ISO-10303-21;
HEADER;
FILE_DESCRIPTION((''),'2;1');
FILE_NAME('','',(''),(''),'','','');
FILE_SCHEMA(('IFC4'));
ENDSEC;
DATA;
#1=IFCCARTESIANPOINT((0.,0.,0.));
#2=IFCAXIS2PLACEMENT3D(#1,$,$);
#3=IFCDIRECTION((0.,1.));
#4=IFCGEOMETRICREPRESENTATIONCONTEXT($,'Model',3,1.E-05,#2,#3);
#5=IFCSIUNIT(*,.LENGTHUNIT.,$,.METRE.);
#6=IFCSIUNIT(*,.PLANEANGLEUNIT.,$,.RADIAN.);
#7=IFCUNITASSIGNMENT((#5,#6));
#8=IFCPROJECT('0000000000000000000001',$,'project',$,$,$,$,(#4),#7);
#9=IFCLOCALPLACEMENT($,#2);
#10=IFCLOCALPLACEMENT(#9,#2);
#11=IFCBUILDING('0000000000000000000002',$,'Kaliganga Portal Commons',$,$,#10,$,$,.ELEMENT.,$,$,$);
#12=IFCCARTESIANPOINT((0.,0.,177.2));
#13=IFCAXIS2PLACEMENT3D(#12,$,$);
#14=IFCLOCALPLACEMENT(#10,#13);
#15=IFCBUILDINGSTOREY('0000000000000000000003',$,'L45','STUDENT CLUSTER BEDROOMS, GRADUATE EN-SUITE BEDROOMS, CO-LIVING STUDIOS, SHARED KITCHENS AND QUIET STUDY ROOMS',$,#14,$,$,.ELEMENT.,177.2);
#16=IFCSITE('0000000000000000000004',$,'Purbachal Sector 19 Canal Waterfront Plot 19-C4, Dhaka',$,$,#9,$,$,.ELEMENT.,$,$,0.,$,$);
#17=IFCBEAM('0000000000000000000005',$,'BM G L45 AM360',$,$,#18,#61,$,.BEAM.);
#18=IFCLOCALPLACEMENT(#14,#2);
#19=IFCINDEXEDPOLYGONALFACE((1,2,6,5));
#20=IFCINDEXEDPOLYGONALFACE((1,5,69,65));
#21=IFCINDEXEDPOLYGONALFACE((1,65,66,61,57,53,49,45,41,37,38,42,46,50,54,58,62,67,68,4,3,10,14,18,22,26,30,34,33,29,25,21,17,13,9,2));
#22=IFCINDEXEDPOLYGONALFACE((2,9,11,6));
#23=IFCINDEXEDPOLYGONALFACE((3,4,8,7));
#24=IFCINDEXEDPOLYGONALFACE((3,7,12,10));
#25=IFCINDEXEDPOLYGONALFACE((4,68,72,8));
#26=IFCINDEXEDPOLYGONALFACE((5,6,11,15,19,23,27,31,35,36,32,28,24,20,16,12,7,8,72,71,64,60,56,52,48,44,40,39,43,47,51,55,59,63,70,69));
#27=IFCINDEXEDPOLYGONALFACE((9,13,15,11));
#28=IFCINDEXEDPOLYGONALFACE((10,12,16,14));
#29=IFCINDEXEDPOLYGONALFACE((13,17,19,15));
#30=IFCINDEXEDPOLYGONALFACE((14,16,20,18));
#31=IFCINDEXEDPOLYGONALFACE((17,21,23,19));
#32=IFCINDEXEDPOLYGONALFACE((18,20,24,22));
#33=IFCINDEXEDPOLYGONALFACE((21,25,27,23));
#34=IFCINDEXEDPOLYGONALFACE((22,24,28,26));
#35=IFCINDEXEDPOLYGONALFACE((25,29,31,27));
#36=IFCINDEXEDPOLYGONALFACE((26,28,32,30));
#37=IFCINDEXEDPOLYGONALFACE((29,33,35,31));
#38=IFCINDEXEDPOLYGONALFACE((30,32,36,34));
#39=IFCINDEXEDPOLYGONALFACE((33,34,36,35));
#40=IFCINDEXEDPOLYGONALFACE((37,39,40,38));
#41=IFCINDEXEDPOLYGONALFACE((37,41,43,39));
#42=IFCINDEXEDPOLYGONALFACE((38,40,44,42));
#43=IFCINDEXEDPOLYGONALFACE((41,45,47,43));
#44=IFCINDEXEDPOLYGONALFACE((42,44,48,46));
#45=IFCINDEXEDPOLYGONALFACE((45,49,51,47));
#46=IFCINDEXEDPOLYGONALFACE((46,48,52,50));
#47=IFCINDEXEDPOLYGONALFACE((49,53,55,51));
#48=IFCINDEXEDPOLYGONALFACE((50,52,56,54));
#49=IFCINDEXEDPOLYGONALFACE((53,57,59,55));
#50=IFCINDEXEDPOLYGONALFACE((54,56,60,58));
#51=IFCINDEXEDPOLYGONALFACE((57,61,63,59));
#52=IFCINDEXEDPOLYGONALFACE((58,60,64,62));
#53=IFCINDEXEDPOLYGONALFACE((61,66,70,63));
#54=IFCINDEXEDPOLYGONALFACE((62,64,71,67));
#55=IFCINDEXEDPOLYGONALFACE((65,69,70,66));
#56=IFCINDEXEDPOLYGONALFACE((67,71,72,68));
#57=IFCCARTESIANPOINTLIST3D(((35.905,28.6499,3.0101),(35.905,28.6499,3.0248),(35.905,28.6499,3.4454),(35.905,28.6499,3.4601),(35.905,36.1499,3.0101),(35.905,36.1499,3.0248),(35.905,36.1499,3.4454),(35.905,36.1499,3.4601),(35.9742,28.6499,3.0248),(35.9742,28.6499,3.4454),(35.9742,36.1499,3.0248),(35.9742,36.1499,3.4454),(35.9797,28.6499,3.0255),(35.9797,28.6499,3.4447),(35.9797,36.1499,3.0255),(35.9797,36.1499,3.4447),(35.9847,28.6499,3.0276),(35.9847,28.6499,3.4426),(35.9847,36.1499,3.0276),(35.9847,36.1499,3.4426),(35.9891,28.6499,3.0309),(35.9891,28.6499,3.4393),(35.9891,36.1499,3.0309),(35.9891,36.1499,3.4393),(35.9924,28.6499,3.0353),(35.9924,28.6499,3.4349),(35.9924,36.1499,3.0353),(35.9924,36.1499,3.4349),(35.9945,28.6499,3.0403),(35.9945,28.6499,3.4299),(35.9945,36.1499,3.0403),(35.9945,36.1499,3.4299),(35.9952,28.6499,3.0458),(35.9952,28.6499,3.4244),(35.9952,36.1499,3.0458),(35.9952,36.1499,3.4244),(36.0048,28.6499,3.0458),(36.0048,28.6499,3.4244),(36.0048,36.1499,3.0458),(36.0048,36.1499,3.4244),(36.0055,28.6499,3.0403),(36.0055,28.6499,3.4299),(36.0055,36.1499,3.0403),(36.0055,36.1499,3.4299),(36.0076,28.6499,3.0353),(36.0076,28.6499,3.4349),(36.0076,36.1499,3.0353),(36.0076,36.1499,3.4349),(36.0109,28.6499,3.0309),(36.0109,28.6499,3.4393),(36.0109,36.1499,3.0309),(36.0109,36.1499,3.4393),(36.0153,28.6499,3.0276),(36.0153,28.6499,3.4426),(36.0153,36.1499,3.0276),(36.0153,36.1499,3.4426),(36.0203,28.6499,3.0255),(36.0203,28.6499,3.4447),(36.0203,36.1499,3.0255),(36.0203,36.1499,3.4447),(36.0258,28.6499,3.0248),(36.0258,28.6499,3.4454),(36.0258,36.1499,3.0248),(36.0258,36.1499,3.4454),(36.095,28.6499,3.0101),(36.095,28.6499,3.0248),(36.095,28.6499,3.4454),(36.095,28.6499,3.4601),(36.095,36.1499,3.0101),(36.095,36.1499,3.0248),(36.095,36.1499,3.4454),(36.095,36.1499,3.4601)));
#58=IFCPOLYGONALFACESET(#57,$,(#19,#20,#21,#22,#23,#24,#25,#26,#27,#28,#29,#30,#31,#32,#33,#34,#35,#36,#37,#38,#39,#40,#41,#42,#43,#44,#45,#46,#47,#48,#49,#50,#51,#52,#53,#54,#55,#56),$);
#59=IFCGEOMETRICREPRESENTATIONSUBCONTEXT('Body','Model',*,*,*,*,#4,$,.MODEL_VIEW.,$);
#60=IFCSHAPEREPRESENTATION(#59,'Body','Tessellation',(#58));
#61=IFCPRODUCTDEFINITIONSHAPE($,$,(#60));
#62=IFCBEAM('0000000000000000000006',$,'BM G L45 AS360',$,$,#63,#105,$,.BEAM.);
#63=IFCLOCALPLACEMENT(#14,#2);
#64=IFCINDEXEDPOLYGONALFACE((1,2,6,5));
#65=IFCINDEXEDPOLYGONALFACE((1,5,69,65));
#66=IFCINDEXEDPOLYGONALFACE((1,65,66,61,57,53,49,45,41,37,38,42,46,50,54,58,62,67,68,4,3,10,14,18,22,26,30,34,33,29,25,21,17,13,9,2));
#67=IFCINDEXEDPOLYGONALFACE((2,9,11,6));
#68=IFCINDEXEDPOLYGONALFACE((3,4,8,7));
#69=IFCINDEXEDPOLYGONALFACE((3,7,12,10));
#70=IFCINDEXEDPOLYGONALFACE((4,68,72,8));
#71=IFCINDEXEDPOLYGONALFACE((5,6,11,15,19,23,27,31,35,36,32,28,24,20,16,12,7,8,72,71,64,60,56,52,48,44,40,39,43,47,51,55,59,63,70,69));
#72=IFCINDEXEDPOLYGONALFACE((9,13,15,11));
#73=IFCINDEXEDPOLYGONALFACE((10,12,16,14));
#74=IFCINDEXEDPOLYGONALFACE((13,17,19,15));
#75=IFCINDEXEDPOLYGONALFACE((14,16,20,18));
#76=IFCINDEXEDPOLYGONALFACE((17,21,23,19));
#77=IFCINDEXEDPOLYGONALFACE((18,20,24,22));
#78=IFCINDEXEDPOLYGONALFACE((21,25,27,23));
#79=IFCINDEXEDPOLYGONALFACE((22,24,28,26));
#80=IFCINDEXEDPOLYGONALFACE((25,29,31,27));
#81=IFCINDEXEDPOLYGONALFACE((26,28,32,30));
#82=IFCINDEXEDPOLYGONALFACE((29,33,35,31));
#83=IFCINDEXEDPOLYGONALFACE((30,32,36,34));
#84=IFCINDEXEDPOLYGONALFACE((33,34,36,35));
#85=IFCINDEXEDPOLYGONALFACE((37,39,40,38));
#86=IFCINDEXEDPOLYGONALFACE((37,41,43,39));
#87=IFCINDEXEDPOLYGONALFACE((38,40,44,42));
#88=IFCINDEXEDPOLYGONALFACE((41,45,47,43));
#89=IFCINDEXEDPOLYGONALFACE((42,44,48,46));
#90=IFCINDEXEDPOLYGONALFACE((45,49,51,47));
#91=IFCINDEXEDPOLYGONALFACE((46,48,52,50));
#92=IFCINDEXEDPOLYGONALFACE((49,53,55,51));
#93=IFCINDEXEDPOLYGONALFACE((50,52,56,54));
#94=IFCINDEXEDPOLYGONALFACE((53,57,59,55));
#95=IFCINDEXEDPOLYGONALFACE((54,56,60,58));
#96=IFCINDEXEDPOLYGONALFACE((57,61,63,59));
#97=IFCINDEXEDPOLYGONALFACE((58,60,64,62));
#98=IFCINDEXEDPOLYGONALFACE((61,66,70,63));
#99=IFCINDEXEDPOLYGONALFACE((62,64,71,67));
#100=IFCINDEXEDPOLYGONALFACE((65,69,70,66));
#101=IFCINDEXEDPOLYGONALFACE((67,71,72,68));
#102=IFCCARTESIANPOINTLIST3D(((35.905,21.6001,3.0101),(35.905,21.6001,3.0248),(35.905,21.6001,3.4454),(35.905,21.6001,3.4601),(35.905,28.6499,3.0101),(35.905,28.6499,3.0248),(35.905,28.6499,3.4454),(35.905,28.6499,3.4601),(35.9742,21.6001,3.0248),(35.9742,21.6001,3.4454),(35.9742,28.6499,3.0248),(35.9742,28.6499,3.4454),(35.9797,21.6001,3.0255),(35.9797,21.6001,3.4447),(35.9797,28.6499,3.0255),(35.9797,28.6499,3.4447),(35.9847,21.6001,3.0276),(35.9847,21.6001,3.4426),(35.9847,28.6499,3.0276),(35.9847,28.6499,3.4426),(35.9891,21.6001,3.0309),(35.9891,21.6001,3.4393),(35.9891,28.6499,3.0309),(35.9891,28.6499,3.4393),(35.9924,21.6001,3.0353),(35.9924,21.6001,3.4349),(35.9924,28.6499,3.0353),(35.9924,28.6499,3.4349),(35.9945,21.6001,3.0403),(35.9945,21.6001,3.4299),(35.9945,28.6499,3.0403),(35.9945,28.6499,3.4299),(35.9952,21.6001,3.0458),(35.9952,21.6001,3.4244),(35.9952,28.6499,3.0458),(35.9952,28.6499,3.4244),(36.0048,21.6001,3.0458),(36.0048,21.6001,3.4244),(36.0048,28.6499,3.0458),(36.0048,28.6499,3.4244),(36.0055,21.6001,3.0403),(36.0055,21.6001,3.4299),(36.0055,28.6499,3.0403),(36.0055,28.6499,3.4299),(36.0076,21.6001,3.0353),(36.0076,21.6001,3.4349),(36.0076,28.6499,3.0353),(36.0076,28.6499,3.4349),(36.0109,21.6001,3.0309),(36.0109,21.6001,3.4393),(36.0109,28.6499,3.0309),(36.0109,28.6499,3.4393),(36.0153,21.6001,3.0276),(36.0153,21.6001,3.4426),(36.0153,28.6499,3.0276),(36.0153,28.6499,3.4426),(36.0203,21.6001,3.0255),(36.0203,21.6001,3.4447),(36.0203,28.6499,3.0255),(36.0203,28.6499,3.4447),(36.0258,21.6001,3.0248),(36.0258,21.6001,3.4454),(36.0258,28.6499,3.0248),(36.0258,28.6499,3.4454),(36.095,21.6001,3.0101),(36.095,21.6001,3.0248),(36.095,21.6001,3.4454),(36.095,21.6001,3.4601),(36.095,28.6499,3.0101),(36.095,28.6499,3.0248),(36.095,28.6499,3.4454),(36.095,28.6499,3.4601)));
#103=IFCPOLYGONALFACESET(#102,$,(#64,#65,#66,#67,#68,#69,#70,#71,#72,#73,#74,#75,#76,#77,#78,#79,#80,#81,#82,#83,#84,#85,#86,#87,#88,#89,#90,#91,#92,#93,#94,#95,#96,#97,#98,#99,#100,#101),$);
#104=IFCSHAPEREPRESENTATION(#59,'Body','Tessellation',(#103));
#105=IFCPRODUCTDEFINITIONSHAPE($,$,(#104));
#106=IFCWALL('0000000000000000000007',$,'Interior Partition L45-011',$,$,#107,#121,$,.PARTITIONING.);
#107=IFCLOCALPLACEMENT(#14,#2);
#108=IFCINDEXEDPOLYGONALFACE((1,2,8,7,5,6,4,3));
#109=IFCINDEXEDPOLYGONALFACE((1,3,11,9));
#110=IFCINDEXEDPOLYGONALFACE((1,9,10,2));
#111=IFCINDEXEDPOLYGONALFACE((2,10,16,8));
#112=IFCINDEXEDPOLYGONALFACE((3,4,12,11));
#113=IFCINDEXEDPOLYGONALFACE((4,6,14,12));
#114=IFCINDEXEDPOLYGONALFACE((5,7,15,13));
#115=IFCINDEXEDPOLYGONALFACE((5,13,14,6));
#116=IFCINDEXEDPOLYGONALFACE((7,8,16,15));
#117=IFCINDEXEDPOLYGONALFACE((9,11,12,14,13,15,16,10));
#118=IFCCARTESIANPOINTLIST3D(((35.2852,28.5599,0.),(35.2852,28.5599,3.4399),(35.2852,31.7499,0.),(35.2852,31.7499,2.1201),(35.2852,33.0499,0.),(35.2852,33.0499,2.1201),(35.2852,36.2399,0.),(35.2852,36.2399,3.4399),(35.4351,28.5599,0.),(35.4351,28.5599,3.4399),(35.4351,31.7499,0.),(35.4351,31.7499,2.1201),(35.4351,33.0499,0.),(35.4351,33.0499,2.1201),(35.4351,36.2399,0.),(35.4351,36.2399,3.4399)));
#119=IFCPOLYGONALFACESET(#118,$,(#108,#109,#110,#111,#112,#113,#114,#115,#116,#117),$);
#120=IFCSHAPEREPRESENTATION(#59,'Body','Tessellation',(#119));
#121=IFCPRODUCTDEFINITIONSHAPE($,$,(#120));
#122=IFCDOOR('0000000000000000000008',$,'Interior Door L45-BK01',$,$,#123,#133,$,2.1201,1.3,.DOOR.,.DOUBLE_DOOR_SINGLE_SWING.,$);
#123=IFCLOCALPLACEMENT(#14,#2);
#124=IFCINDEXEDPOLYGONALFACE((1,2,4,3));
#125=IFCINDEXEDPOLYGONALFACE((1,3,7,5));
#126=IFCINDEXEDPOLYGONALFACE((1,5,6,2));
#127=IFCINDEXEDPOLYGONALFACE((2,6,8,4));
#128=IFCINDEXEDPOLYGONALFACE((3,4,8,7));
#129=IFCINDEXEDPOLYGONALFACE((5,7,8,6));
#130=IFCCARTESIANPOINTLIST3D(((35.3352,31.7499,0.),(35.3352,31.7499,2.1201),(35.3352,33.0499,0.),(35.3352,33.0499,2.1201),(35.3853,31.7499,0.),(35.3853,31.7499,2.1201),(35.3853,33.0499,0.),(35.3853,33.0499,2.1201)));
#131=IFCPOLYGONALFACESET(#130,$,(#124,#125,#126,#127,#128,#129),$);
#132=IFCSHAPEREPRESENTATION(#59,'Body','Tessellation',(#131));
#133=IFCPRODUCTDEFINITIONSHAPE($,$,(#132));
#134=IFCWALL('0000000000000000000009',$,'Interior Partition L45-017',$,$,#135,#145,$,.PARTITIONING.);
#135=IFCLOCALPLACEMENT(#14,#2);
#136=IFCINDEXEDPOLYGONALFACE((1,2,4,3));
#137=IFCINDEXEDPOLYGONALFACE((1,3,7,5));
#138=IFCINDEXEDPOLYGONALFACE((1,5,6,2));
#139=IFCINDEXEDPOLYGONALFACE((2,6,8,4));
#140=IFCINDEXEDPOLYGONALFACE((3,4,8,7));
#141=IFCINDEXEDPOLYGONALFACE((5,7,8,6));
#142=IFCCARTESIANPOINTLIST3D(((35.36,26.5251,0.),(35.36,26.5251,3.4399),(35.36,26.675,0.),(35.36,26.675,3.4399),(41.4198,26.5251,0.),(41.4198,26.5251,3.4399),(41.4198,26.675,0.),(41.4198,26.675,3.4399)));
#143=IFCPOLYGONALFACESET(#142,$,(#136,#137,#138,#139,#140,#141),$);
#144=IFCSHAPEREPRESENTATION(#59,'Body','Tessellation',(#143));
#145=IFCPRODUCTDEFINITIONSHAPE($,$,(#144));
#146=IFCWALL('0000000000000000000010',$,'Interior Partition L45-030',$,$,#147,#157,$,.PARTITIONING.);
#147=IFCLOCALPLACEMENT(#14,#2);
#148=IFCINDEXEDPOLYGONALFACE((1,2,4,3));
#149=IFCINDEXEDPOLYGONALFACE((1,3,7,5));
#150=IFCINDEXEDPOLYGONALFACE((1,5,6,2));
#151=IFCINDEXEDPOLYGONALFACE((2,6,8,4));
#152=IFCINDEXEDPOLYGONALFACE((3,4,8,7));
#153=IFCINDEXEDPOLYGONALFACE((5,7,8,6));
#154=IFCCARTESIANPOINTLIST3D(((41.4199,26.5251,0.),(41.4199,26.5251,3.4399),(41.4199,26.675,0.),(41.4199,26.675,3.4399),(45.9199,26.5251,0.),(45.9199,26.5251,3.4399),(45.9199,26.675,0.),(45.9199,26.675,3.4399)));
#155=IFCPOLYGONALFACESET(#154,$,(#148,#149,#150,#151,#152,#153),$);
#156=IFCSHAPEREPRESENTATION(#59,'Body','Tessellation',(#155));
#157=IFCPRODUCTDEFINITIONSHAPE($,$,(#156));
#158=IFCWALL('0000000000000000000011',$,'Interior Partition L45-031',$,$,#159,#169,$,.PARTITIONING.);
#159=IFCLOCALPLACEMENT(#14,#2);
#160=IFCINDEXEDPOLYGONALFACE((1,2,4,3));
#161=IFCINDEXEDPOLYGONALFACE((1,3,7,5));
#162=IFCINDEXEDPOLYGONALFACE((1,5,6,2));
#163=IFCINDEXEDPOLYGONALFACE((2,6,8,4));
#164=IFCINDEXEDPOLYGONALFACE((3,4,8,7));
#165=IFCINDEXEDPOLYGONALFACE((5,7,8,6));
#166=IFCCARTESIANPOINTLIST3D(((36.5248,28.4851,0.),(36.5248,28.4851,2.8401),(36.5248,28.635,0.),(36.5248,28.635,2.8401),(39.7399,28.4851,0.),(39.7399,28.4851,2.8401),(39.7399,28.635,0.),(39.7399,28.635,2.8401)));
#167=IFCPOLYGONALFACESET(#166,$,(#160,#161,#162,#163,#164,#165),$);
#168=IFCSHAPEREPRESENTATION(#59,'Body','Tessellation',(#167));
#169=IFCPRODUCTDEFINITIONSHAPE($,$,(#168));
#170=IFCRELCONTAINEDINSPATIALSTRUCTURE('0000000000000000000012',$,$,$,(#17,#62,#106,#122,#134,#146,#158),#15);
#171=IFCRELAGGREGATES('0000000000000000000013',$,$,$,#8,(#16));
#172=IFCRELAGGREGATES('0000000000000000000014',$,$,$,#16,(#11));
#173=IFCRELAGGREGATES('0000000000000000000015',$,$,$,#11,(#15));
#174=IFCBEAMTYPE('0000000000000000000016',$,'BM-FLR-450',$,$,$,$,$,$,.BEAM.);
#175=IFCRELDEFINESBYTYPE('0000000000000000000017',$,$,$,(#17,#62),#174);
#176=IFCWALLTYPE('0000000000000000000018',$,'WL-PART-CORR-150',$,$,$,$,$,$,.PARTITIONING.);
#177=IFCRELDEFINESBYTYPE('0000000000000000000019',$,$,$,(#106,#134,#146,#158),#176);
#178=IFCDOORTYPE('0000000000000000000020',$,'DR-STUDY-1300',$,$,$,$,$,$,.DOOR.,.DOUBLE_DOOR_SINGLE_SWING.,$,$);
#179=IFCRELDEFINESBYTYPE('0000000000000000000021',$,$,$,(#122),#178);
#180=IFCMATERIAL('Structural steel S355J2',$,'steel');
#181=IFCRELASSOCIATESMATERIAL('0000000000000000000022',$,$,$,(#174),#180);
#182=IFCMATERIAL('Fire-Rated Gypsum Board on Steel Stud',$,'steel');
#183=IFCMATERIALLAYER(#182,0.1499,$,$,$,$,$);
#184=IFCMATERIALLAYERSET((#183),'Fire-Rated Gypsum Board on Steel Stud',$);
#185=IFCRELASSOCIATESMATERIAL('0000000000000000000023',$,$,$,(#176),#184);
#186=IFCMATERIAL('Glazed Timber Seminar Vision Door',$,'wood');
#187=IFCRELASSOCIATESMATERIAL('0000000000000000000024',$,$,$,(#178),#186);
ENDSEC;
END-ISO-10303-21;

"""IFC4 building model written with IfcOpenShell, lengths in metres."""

from ifc_helpers import new_model, si_unit, direction, frame, frame_2d, origin, origin_2d, place, context, subcontext, project, spatial, rectangle, i_section, extrude, source, transform, mapped, material, layer, layer_set, material_profile, profile_set, type_object, element, fill, save


model = new_model("IFC4")

# Units and contexts
model_context = context("Model", 3, precision=1e-05, world=origin(), true_north=direction((0.0, 1.0)))
body_context = subcontext(model_context, "Body", "Model", "MODEL_VIEW")
ifc_project = project(units=[si_unit("LENGTHUNIT", "METRE"), si_unit("PLANEANGLEUNIT", "RADIAN")], contexts=[model_context])

# Site, building, storey
site_placement = place(None, origin())
site = spatial("IfcSite", under=ifc_project, at=site_placement, Name="Purbachal Sector 19 Canal Waterfront Plot 19-C4, Dhaka", CompositionType="ELEMENT", RefElevation=0.0)
building_placement = place(site_placement, origin())
building = spatial("IfcBuilding", under=site, at=building_placement, Name="Kaliganga Portal Commons", CompositionType="ELEMENT")
storey_placement = place(building_placement, frame((0.0, 0.0, 177.2)))
storey = spatial("IfcBuildingStorey", under=building, at=storey_placement, Name="L45", Description="STUDENT CLUSTER BEDROOMS, GRADUATE EN-SUITE BEDROOMS, CO-LIVING STUDIOS, SHARED KITCHENS AND QUIET STUDY ROOMS", CompositionType="ELEMENT", Elevation=177.2)

# Beams
ifc_material_1 = material(Name="Structural steel S355J2", Category="steel")
ifc_material_profile_1 = material_profile(ifc_material_1, i_section(OverallWidth=0.1899, OverallDepth=0.45, WebThickness=0.0095, FlangeThickness=0.0146, FilletRadius=0.021, at=origin_2d()), Name="IPE 450")
ifc_profile_set_1 = profile_set([ifc_material_profile_1], Name="Structural steel S355J2 wide-flange")
beam_type_1 = type_object("IfcBeamType", Name="BM-FLR-450", PredefinedType="BEAM", material=ifc_profile_set_1)
shared_shape_1 = source(origin(), body_context, "Body", "SweptSolid", [
    extrude(i_section(OverallWidth=0.1899, OverallDepth=0.45, WebThickness=0.0095, FlangeThickness=0.0146, FilletRadius=0.021, at=origin_2d()), origin(), (0.0, 0.0, 1.0), 7.5),
])
for number, where, z_axis, x_axis, name in (
    (1, (36.0, 28.6499, 3.2351), (0.0, 1.0, 0.0), (-1.0, 0.0, 0.0), "BM G L45 AM360"),
):
    element("IfcBeam", number, at=place(storey_placement, frame(where, z_axis=z_axis, x_axis=x_axis)), inside=storey, type_object=beam_type_1, Name=name, PredefinedType="BEAM", context=body_context, shape_type="MappedRepresentation", body=[
        mapped(shared_shape_1, transform((0.0, 0.0, 0.0), x_axis=(1.0, 0.0, 0.0), y_axis=(0.0, 1.0, 0.0), z_axis=(0.0, 0.0, 1.0), scale=1.0)),
    ])
shared_shape_2 = source(origin(), body_context, "Body", "SweptSolid", [
    extrude(i_section(OverallWidth=0.1899, OverallDepth=0.45, WebThickness=0.0095, FlangeThickness=0.0146, FilletRadius=0.021, at=origin_2d()), origin(), (0.0, 0.0, 1.0), 7.0498),
])
beam_1_placement = place(storey_placement, frame((36.0, 21.6001, 3.2351), z_axis=(0.0, 1.0, 0.0), x_axis=(-1.0, 0.0, 0.0)))
element("IfcBeam", 2, at=beam_1_placement, inside=storey, type_object=beam_type_1, Name="BM G L45 AS360", PredefinedType="BEAM", context=body_context, shape_type="MappedRepresentation", body=[
    mapped(shared_shape_2, transform((0.0, 0.0, 0.0), x_axis=(1.0, 0.0, 0.0), y_axis=(0.0, 1.0, 0.0), z_axis=(0.0, 0.0, 1.0), scale=1.0)),
])

# Wall, opening, door
ifc_material_2 = material(Name="Fire-Rated Gypsum Board on Steel Stud", Category="steel")
ifc_layer_1 = layer(ifc_material_2, 0.1499)
ifc_layer_set_1 = layer_set([ifc_layer_1], Name="Fire-Rated Gypsum Board on Steel Stud")
wall_type_1 = type_object("IfcWallType", Name="WL-PART-CORR-150", PredefinedType="PARTITIONING", material=ifc_layer_set_1)
wall_1_placement = place(storey_placement, frame((35.3601, 28.5601, 0.0), z_axis=(0.0, 0.0, 1.0), x_axis=(0.0, 1.0, 0.0)))
wall_1 = element("IfcWall", 3, at=wall_1_placement, inside=storey, type_object=wall_type_1, Name="Interior Partition L45-011", PredefinedType="PARTITIONING", context=body_context, shape_type="SweptSolid", body=[
    extrude(rectangle(XDim=7.6799, YDim=0.1499, at=frame_2d((3.8398, 0.0))), origin(), (0.0, 0.0, 1.0), 3.4399),
])
opening_1_placement = place(wall_1_placement, frame((3.1899, 0.0, 0.0)))
opening_1 = element("IfcOpeningElement", 4, at=opening_1_placement, cuts=wall_1, PredefinedType="OPENING", context=body_context, shape_type="SweptSolid", body=[
    extrude(rectangle(XDim=1.3, YDim=2.1201, at=frame_2d((0.6499, 1.0601))), frame((0.0, 0.085, 0.0), z_axis=(0.0, -1.0, 0.0), x_axis=(1.0, 0.0, 0.0)), (0.0, 0.0, 1.0), 0.1699),
])
ifc_material_3 = material(Name="Glazed Timber Seminar Vision Door", Category="wood")
door_type_1 = type_object("IfcDoorType", Name="DR-STUDY-1300", OperationType="DOUBLE_DOOR_SINGLE_SWING", PredefinedType="DOOR", material=ifc_material_3)
door_1_placement = place(opening_1_placement, origin())
door_1 = element("IfcDoor", 5, at=door_1_placement, inside=storey, type_object=door_type_1, Name="Interior Door L45-BK01", OperationType="DOUBLE_DOOR_SINGLE_SWING", OverallHeight=2.1201, OverallWidth=1.3, PredefinedType="DOOR", context=body_context, shape_type="SweptSolid", body=[
    extrude(rectangle(XDim=1.3, YDim=2.1201, at=frame_2d((0.6499, 1.0601))), frame((0.0, 0.0249, 0.0), z_axis=(0.0, -1.0, 0.0), x_axis=(1.0, 0.0, 0.0)), (0.0, 0.0, 1.0), 0.05),
])
fill(opening_1, door_1)

# Walls
wall_2_placement = place(storey_placement, frame((35.3601, 26.6001, 0.0), z_axis=(0.0, 0.0, 1.0), x_axis=(1.0, 0.0, 0.0)))
element("IfcWall", 6, at=wall_2_placement, inside=storey, type_object=wall_type_1, Name="Interior Partition L45-017", PredefinedType="PARTITIONING", context=body_context, shape_type="SweptSolid", body=[
    extrude(rectangle(XDim=6.0598, YDim=0.1499, at=frame_2d((3.0298, 0.0))), origin(), (0.0, 0.0, 1.0), 3.4399),
])
wall_3_placement = place(storey_placement, frame((41.4199, 26.6001, 0.0), z_axis=(0.0, 0.0, 1.0), x_axis=(1.0, 0.0, 0.0)))
element("IfcWall", 7, at=wall_3_placement, inside=storey, type_object=wall_type_1, Name="Interior Partition L45-030", PredefinedType="PARTITIONING", context=body_context, shape_type="SweptSolid", body=[
    extrude(rectangle(XDim=4.5, YDim=0.1499, at=frame_2d((2.25, 0.0))), origin(), (0.0, 0.0, 1.0), 3.4399),
])
wall_4_placement = place(storey_placement, frame((36.5249, 28.5601, 0.0), z_axis=(0.0, 0.0, 1.0), x_axis=(1.0, 0.0, 0.0)))
element("IfcWall", 8, at=wall_4_placement, inside=storey, type_object=wall_type_1, Name="Interior Partition L45-031", PredefinedType="PARTITIONING", context=body_context, shape_type="SweptSolid", body=[
    extrude(rectangle(XDim=3.2151, YDim=0.1499, at=frame_2d((1.6074, 0.0))), origin(), (0.0, 0.0, 1.0), 2.8401),
])

save(model, "model.ifc")
